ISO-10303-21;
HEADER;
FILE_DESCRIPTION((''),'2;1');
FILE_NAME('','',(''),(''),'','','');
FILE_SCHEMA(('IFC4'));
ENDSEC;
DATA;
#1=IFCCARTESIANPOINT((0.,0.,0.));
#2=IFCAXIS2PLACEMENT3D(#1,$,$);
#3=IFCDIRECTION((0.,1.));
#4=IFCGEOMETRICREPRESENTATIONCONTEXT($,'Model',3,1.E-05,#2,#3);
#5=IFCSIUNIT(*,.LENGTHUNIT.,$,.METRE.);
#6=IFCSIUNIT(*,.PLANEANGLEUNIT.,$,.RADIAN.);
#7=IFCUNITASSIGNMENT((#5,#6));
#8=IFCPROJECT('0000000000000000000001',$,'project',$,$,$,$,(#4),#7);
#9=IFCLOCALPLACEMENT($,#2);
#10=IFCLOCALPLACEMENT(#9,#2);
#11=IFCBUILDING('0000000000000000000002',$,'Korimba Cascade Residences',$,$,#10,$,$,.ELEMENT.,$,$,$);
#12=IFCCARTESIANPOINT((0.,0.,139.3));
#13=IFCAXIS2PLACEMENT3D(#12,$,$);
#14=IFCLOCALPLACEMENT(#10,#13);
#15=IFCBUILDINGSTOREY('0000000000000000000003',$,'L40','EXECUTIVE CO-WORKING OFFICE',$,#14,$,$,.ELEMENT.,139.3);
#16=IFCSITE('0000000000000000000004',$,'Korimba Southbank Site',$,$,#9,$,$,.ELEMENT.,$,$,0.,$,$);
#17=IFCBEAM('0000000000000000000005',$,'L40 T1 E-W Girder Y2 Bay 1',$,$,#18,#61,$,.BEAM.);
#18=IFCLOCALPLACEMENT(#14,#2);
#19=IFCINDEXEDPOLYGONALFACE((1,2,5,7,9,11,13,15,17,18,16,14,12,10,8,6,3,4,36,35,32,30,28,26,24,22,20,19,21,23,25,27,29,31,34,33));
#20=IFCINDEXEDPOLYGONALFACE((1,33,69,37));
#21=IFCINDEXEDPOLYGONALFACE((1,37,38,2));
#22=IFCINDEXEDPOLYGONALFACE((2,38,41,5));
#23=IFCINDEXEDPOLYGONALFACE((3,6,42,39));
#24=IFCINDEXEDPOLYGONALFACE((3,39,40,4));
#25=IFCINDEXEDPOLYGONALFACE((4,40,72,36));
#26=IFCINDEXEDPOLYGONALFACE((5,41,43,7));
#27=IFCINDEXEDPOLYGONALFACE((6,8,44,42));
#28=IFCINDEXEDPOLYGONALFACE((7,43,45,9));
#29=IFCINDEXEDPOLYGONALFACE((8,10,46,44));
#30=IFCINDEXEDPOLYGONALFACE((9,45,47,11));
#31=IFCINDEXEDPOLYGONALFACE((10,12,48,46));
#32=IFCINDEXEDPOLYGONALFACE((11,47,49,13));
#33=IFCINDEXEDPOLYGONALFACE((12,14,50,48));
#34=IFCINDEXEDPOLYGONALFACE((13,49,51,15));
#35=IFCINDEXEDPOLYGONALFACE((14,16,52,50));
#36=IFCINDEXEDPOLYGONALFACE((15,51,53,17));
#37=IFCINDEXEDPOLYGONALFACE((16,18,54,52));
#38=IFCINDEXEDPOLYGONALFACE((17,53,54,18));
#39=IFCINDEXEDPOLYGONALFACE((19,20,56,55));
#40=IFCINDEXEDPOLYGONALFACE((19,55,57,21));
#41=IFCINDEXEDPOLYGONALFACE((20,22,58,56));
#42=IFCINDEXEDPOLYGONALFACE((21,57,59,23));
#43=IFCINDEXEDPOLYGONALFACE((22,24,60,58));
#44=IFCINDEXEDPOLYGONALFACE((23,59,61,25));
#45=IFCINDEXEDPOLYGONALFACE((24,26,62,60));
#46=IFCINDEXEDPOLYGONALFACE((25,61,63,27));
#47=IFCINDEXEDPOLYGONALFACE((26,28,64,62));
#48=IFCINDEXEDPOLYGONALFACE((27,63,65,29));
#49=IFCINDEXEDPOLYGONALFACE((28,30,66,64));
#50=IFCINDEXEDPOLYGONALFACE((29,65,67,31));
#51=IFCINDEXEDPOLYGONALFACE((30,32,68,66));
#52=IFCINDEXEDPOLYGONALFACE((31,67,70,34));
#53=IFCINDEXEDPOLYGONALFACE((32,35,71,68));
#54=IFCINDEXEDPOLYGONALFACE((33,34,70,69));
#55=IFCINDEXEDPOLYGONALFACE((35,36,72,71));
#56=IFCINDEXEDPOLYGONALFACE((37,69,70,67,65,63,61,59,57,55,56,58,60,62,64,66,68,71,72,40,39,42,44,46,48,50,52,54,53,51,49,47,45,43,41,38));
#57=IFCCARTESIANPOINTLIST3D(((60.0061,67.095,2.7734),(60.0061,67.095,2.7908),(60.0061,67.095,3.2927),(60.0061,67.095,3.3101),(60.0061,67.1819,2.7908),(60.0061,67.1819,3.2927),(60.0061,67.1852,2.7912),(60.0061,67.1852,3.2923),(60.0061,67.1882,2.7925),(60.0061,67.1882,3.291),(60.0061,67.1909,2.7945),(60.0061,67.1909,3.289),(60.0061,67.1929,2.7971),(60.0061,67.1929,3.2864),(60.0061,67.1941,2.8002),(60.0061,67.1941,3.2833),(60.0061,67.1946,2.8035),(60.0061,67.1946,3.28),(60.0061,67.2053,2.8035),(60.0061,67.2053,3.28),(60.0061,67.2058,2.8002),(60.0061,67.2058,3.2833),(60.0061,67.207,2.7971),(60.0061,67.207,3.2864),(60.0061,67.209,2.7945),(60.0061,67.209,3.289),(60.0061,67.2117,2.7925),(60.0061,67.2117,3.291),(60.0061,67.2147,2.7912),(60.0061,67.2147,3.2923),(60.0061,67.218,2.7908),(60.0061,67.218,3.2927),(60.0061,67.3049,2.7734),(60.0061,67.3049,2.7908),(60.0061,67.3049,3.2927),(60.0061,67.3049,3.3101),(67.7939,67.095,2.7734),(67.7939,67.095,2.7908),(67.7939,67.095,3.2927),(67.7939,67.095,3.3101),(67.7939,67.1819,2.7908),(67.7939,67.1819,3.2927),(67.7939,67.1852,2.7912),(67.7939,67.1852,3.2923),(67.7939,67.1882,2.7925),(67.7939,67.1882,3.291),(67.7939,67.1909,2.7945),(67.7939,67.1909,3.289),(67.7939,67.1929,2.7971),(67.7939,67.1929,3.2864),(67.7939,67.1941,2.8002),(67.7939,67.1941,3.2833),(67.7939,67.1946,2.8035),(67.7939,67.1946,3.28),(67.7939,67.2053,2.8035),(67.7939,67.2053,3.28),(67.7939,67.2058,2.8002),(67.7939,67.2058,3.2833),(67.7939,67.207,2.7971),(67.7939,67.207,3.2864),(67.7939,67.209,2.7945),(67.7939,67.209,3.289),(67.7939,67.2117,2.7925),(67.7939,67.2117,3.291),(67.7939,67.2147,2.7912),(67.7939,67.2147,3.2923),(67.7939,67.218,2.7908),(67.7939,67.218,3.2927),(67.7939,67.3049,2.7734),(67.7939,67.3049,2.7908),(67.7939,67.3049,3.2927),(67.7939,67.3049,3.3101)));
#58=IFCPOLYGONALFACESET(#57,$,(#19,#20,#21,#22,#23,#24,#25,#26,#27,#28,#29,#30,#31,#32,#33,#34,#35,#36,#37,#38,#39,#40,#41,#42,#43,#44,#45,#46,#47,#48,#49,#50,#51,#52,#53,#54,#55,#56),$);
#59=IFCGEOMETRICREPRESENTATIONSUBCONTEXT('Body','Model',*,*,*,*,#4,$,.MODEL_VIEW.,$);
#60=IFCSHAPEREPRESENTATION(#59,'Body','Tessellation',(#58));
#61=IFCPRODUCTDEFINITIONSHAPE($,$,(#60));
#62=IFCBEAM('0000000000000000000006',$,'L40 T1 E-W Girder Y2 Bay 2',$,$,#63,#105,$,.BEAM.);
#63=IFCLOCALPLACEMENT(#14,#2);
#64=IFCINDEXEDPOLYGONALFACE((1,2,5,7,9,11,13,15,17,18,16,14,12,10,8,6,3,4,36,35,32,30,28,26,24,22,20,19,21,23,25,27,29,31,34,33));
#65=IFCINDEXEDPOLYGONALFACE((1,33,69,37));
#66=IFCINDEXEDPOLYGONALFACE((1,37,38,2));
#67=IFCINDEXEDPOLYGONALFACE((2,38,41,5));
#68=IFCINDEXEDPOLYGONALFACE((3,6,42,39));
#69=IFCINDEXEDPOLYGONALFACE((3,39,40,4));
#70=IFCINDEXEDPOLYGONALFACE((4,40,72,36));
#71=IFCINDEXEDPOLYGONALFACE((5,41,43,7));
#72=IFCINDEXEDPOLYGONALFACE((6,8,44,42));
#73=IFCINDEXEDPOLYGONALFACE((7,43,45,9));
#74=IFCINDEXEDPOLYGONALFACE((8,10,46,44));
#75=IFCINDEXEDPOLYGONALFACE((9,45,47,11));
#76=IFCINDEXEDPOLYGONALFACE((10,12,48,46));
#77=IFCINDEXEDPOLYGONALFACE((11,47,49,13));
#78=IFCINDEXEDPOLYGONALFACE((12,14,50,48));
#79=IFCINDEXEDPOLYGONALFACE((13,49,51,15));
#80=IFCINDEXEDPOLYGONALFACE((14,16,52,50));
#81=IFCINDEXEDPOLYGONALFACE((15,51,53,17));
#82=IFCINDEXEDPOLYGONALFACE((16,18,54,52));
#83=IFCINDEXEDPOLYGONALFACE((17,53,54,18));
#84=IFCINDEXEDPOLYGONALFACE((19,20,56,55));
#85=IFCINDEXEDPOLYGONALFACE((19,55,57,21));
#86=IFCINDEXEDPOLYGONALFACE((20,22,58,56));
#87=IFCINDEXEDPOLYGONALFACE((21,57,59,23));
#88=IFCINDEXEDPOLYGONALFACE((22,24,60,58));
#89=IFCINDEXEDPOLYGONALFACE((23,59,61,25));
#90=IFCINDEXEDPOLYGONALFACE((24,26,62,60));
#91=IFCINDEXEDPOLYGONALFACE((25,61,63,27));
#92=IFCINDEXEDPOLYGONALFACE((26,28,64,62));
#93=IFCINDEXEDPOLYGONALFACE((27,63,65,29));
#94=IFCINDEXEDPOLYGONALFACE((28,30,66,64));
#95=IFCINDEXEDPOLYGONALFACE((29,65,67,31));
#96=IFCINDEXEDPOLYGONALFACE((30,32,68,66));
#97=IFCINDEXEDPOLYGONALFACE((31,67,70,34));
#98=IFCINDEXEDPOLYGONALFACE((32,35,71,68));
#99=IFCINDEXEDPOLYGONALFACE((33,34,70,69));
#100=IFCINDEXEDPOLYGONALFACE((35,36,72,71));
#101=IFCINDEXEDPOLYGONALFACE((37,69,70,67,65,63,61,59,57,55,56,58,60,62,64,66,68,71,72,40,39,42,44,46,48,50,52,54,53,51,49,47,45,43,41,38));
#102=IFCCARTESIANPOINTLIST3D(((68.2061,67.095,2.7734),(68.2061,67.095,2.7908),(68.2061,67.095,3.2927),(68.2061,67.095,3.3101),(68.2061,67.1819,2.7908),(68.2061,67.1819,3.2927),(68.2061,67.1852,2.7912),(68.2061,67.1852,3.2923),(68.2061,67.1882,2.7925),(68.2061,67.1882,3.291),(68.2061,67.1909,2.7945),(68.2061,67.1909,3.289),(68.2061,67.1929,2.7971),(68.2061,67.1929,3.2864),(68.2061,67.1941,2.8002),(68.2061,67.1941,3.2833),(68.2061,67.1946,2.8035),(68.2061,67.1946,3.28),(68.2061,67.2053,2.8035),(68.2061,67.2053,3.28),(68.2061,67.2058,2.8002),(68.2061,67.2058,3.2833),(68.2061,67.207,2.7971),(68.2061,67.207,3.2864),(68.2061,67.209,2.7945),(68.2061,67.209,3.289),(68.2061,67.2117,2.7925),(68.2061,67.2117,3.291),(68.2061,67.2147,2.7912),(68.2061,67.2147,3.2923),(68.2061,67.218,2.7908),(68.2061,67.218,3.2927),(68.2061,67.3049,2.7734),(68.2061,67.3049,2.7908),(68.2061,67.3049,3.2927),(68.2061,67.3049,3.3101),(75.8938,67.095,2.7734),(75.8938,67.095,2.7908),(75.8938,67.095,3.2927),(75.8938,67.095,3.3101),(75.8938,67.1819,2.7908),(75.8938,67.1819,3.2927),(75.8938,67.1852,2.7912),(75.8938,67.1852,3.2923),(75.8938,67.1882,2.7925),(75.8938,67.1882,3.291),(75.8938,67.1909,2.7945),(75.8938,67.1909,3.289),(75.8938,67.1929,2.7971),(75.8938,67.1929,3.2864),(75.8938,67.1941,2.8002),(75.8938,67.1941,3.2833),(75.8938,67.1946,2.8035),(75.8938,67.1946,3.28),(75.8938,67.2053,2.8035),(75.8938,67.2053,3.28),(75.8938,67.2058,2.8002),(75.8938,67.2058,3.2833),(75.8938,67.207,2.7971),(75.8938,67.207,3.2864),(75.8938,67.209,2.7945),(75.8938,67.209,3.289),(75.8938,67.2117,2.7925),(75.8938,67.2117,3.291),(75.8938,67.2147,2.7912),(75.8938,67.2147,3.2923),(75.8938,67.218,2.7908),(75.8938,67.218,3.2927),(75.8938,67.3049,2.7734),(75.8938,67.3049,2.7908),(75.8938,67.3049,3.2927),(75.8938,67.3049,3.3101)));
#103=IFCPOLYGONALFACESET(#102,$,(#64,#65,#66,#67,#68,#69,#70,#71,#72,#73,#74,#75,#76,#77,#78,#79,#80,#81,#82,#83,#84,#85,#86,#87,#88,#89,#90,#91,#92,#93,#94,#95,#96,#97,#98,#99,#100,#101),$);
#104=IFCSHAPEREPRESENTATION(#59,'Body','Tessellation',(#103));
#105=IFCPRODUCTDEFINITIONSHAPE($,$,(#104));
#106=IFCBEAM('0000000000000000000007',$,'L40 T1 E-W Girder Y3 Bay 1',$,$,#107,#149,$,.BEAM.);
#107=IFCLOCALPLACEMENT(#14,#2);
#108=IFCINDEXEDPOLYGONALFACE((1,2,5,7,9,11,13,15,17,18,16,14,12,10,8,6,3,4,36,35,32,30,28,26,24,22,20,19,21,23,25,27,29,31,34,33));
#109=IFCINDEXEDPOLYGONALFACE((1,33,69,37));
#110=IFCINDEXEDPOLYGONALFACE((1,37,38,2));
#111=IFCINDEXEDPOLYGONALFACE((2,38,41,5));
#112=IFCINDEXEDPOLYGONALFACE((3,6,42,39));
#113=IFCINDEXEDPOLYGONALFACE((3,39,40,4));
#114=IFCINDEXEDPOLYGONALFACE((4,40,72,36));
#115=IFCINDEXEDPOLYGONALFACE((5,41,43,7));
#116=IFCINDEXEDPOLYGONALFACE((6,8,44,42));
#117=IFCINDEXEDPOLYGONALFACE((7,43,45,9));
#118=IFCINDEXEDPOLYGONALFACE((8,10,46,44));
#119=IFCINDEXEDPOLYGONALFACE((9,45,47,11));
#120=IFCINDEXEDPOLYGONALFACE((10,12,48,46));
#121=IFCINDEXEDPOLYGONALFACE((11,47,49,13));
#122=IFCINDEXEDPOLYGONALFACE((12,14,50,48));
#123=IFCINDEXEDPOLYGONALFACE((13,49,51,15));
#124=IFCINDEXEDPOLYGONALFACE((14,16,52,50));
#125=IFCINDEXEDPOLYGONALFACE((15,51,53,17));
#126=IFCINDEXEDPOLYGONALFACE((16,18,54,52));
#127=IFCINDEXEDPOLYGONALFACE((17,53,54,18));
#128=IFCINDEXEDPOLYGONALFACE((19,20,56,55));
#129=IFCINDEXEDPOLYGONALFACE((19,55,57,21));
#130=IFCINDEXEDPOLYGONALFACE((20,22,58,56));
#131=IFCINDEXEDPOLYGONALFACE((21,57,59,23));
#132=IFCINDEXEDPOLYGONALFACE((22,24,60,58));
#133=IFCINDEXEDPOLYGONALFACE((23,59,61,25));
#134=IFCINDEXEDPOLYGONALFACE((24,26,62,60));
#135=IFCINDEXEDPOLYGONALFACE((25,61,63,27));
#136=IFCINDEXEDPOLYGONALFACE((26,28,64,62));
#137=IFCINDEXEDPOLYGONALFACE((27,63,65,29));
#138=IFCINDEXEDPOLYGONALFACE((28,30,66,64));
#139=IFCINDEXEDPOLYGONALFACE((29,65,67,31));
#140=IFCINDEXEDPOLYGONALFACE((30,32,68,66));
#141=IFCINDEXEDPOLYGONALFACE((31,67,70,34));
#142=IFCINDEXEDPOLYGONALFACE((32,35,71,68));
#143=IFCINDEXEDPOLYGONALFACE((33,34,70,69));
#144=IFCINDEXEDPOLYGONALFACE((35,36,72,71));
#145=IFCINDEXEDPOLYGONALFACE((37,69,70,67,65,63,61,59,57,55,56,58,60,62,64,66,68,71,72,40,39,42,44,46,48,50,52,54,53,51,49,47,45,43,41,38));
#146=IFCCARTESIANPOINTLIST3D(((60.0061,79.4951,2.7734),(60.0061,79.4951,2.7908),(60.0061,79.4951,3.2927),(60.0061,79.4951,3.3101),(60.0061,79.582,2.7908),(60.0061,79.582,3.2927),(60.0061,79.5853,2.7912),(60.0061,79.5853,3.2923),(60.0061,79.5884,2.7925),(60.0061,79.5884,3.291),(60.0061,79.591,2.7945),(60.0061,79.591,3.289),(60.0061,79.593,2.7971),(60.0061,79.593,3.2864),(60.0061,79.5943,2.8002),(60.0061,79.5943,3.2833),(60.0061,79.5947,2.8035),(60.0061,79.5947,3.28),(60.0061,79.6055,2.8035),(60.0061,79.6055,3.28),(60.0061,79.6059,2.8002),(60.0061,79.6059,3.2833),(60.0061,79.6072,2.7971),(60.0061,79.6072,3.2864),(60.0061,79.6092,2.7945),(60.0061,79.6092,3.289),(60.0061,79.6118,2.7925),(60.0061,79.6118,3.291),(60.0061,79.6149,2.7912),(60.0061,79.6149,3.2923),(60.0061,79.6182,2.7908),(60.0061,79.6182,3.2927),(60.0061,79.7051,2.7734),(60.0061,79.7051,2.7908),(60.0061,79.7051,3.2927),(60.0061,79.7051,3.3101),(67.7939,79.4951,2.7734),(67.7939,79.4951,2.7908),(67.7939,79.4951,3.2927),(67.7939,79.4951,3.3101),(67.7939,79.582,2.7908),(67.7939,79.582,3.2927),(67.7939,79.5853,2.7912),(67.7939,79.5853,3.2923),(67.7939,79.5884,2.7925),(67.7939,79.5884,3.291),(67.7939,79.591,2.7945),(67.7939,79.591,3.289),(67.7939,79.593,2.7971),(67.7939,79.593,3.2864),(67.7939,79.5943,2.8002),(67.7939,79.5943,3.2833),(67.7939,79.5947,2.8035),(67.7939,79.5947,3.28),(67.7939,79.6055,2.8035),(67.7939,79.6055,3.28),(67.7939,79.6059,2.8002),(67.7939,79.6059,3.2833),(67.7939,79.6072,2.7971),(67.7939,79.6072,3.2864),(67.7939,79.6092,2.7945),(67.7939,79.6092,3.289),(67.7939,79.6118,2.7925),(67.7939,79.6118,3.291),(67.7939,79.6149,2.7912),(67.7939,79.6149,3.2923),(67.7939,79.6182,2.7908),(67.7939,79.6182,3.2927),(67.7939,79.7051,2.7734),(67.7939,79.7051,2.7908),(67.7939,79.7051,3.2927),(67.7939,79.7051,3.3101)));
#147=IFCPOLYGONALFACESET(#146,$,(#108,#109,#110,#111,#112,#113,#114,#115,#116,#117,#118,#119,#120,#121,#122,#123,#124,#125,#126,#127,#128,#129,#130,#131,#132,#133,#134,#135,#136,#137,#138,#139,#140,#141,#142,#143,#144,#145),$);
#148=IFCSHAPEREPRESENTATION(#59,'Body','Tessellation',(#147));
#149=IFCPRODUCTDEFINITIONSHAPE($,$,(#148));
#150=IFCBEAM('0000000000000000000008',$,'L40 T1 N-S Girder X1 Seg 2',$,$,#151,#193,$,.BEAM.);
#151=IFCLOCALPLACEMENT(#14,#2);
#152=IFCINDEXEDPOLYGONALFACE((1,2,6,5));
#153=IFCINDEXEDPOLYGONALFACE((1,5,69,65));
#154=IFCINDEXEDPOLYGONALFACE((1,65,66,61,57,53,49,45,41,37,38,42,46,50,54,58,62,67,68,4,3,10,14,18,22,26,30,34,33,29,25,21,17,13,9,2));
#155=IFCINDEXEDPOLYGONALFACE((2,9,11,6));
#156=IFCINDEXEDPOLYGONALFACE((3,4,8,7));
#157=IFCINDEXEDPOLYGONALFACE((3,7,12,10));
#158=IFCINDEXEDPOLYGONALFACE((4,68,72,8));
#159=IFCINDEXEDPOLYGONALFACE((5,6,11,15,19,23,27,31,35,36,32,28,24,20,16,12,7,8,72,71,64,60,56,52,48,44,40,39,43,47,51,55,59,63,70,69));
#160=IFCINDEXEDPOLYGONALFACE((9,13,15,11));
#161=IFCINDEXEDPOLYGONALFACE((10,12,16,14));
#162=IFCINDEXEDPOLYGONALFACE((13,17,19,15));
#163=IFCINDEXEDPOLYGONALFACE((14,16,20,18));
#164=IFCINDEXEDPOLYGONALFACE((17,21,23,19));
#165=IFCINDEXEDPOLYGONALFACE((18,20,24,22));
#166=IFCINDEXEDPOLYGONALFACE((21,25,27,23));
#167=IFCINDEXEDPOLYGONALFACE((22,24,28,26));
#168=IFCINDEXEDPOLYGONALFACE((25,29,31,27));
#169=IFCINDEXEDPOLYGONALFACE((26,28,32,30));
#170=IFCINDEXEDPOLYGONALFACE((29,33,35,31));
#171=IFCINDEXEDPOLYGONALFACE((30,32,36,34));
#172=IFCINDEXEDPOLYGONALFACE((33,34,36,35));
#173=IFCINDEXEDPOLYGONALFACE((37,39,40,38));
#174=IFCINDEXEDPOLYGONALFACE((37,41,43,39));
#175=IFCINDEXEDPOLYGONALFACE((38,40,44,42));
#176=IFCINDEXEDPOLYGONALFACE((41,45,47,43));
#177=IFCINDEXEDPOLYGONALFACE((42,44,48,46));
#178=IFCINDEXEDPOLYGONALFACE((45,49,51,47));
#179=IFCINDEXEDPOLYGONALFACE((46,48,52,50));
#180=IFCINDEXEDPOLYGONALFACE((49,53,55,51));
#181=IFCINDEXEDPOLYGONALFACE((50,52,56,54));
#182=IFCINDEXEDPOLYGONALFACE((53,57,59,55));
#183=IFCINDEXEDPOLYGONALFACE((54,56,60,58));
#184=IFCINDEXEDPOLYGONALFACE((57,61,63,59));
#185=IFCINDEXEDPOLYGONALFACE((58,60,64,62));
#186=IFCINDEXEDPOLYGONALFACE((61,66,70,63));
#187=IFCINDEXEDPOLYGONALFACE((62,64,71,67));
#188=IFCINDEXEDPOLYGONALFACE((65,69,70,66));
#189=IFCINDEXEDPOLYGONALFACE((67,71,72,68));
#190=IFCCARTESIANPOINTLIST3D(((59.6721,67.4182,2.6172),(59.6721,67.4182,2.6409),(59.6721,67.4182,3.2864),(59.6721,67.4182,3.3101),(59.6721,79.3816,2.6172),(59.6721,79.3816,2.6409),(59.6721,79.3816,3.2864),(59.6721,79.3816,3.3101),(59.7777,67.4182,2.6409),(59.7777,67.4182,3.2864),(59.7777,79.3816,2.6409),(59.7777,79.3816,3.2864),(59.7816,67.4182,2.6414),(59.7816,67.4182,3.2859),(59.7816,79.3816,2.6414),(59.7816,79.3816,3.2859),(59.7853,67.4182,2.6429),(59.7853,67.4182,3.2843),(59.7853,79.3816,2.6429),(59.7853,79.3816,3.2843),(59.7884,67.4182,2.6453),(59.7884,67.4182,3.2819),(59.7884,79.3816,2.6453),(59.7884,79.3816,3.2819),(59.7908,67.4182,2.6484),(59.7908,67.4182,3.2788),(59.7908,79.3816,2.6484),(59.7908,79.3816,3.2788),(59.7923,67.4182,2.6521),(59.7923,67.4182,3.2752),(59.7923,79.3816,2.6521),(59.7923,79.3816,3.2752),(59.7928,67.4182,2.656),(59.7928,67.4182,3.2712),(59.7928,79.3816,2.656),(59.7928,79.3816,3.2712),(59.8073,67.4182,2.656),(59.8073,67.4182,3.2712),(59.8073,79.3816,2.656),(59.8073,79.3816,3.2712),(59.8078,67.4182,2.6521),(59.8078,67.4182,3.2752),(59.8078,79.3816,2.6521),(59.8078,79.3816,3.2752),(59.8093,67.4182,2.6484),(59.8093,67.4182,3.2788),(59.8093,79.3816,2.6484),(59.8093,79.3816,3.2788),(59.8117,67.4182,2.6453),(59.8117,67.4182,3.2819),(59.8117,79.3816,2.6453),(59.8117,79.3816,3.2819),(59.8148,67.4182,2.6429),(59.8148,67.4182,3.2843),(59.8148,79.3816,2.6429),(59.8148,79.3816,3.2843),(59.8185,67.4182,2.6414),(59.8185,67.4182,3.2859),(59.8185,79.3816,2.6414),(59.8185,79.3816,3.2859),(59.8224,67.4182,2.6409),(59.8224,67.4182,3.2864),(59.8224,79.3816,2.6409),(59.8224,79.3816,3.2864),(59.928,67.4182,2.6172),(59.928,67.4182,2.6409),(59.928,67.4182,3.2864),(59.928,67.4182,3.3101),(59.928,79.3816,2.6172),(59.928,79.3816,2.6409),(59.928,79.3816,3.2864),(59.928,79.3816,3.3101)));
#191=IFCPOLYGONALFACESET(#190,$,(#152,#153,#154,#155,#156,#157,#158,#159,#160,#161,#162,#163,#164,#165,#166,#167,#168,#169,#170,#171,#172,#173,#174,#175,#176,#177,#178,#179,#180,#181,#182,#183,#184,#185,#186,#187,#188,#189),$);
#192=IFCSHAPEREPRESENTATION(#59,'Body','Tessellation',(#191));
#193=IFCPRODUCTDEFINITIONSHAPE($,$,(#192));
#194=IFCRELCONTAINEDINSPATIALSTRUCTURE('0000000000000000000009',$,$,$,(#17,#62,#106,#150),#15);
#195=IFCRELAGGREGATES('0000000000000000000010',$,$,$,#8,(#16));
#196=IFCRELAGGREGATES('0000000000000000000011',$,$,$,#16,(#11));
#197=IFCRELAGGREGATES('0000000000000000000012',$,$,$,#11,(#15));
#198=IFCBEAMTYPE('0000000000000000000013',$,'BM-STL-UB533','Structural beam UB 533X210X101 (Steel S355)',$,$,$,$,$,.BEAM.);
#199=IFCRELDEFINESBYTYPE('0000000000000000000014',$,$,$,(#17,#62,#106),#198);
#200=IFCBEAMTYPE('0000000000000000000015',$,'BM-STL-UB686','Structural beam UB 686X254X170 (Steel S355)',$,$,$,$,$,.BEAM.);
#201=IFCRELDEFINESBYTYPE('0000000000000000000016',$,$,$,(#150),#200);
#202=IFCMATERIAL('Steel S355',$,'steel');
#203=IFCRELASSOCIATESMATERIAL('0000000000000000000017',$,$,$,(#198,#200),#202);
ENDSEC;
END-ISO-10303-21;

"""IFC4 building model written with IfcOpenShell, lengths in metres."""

from ifc_helpers import new_model, si_unit, direction, frame, origin, origin_2d, place, context, subcontext, project, spatial, i_section, extrude, material, material_profile, profile_set, type_object, element, save


model = new_model("IFC4")

# Units and contexts
model_context = context("Model", 3, precision=1e-05, world=origin(), true_north=direction((0.0, 1.0)))
body_context = subcontext(model_context, "Body", "Model", "MODEL_VIEW")
ifc_project = project(units=[si_unit("LENGTHUNIT", "METRE"), si_unit("PLANEANGLEUNIT", "RADIAN")], contexts=[model_context])

# Site, building, storey
site_placement = place(None, origin())
site = spatial("IfcSite", under=ifc_project, at=site_placement, Name="Korimba Southbank Site", CompositionType="ELEMENT", RefElevation=0.0)
building_placement = place(site_placement, origin())
building = spatial("IfcBuilding", under=site, at=building_placement, Name="Korimba Cascade Residences", CompositionType="ELEMENT")
storey_placement = place(building_placement, frame((0.0, 0.0, 139.3)))
storey = spatial("IfcBuildingStorey", under=building, at=storey_placement, Name="L40", Description="EXECUTIVE CO-WORKING OFFICE", CompositionType="ELEMENT", Elevation=139.3)

# Beams
ifc_material_1 = material(Name="Steel S355", Category="steel")
ifc_material_profile_1 = material_profile(ifc_material_1, i_section(OverallWidth=0.21, OverallDepth=0.5366, WebThickness=0.0107, FlangeThickness=0.0173, FilletRadius=0.0127, at=origin_2d()), Name="Steel S355")
ifc_profile_set_1 = profile_set([ifc_material_profile_1], Name="Steel S355")
beam_type_1 = type_object("IfcBeamType", Name="BM-STL-UB533", Description="Structural beam UB 533X210X101 (Steel S355)", PredefinedType="BEAM", material=ifc_profile_set_1)
beam_1_placement = place(storey_placement, frame((60.0061, 67.2, 3.0417), z_axis=(1.0, 0.0, 0.0), x_axis=(0.0, 1.0, 0.0)))
element("IfcBeam", 1, at=beam_1_placement, inside=storey, type_object=beam_type_1, Name="L40 T1 E-W Girder Y2 Bay 1", PredefinedType="BEAM", context=body_context, shape_type="SweptSolid", body=[
    extrude(i_section(OverallWidth=0.21, OverallDepth=0.5366, WebThickness=0.0107, FlangeThickness=0.0173, FilletRadius=0.0127, at=origin_2d()), origin(), (0.0, 0.0, 1.0), 7.7878),
])
beam_2_placement = place(storey_placement, frame((68.2061, 67.2, 3.0417), z_axis=(1.0, 0.0, 0.0), x_axis=(0.0, 1.0, 0.0)))
element("IfcBeam", 2, at=beam_2_placement, inside=storey, type_object=beam_type_1, Name="L40 T1 E-W Girder Y2 Bay 2", PredefinedType="BEAM", context=body_context, shape_type="SweptSolid", body=[
    extrude(i_section(OverallWidth=0.21, OverallDepth=0.5366, WebThickness=0.0107, FlangeThickness=0.0173, FilletRadius=0.0127, at=origin_2d()), origin(), (0.0, 0.0, 1.0), 7.6877),
])
beam_3_placement = place(storey_placement, frame((60.0061, 79.6001, 3.0417), z_axis=(1.0, 0.0, 0.0), x_axis=(0.0, 1.0, 0.0)))
element("IfcBeam", 3, at=beam_3_placement, inside=storey, type_object=beam_type_1, Name="L40 T1 E-W Girder Y3 Bay 1", PredefinedType="BEAM", context=body_context, shape_type="SweptSolid", body=[
    extrude(i_section(OverallWidth=0.21, OverallDepth=0.5366, WebThickness=0.0107, FlangeThickness=0.0173, FilletRadius=0.0127, at=origin_2d()), origin(), (0.0, 0.0, 1.0), 7.7878),
])
ifc_material_profile_2 = material_profile(ifc_material_1, i_section(OverallWidth=0.2559, OverallDepth=0.6929, WebThickness=0.0144, FlangeThickness=0.0237, FilletRadius=0.0151, at=origin_2d()), Name="Steel S355")
ifc_profile_set_2 = profile_set([ifc_material_profile_2], Name="Steel S355")
beam_type_2 = type_object("IfcBeamType", Name="BM-STL-UB686", Description="Structural beam UB 686X254X170 (Steel S355)", PredefinedType="BEAM", material=ifc_profile_set_2)
for number, where, z_axis, x_axis, name in (
    (4, (59.8, 67.4182, 2.9636), (0.0, 1.0, 0.0), (-1.0, 0.0, 0.0), "L40 T1 N-S Girder X1 Seg 2"),
):
    element("IfcBeam", number, at=place(storey_placement, frame(where, z_axis=z_axis, x_axis=x_axis)), inside=storey, type_object=beam_type_2, Name=name, PredefinedType="BEAM", context=body_context, shape_type="SweptSolid", body=[
        extrude(i_section(OverallWidth=0.2559, OverallDepth=0.6929, WebThickness=0.0144, FlangeThickness=0.0237, FilletRadius=0.0151, at=origin_2d()), origin(), (0.0, 0.0, 1.0), 11.9634),
    ])

save(model, "model.ifc")
